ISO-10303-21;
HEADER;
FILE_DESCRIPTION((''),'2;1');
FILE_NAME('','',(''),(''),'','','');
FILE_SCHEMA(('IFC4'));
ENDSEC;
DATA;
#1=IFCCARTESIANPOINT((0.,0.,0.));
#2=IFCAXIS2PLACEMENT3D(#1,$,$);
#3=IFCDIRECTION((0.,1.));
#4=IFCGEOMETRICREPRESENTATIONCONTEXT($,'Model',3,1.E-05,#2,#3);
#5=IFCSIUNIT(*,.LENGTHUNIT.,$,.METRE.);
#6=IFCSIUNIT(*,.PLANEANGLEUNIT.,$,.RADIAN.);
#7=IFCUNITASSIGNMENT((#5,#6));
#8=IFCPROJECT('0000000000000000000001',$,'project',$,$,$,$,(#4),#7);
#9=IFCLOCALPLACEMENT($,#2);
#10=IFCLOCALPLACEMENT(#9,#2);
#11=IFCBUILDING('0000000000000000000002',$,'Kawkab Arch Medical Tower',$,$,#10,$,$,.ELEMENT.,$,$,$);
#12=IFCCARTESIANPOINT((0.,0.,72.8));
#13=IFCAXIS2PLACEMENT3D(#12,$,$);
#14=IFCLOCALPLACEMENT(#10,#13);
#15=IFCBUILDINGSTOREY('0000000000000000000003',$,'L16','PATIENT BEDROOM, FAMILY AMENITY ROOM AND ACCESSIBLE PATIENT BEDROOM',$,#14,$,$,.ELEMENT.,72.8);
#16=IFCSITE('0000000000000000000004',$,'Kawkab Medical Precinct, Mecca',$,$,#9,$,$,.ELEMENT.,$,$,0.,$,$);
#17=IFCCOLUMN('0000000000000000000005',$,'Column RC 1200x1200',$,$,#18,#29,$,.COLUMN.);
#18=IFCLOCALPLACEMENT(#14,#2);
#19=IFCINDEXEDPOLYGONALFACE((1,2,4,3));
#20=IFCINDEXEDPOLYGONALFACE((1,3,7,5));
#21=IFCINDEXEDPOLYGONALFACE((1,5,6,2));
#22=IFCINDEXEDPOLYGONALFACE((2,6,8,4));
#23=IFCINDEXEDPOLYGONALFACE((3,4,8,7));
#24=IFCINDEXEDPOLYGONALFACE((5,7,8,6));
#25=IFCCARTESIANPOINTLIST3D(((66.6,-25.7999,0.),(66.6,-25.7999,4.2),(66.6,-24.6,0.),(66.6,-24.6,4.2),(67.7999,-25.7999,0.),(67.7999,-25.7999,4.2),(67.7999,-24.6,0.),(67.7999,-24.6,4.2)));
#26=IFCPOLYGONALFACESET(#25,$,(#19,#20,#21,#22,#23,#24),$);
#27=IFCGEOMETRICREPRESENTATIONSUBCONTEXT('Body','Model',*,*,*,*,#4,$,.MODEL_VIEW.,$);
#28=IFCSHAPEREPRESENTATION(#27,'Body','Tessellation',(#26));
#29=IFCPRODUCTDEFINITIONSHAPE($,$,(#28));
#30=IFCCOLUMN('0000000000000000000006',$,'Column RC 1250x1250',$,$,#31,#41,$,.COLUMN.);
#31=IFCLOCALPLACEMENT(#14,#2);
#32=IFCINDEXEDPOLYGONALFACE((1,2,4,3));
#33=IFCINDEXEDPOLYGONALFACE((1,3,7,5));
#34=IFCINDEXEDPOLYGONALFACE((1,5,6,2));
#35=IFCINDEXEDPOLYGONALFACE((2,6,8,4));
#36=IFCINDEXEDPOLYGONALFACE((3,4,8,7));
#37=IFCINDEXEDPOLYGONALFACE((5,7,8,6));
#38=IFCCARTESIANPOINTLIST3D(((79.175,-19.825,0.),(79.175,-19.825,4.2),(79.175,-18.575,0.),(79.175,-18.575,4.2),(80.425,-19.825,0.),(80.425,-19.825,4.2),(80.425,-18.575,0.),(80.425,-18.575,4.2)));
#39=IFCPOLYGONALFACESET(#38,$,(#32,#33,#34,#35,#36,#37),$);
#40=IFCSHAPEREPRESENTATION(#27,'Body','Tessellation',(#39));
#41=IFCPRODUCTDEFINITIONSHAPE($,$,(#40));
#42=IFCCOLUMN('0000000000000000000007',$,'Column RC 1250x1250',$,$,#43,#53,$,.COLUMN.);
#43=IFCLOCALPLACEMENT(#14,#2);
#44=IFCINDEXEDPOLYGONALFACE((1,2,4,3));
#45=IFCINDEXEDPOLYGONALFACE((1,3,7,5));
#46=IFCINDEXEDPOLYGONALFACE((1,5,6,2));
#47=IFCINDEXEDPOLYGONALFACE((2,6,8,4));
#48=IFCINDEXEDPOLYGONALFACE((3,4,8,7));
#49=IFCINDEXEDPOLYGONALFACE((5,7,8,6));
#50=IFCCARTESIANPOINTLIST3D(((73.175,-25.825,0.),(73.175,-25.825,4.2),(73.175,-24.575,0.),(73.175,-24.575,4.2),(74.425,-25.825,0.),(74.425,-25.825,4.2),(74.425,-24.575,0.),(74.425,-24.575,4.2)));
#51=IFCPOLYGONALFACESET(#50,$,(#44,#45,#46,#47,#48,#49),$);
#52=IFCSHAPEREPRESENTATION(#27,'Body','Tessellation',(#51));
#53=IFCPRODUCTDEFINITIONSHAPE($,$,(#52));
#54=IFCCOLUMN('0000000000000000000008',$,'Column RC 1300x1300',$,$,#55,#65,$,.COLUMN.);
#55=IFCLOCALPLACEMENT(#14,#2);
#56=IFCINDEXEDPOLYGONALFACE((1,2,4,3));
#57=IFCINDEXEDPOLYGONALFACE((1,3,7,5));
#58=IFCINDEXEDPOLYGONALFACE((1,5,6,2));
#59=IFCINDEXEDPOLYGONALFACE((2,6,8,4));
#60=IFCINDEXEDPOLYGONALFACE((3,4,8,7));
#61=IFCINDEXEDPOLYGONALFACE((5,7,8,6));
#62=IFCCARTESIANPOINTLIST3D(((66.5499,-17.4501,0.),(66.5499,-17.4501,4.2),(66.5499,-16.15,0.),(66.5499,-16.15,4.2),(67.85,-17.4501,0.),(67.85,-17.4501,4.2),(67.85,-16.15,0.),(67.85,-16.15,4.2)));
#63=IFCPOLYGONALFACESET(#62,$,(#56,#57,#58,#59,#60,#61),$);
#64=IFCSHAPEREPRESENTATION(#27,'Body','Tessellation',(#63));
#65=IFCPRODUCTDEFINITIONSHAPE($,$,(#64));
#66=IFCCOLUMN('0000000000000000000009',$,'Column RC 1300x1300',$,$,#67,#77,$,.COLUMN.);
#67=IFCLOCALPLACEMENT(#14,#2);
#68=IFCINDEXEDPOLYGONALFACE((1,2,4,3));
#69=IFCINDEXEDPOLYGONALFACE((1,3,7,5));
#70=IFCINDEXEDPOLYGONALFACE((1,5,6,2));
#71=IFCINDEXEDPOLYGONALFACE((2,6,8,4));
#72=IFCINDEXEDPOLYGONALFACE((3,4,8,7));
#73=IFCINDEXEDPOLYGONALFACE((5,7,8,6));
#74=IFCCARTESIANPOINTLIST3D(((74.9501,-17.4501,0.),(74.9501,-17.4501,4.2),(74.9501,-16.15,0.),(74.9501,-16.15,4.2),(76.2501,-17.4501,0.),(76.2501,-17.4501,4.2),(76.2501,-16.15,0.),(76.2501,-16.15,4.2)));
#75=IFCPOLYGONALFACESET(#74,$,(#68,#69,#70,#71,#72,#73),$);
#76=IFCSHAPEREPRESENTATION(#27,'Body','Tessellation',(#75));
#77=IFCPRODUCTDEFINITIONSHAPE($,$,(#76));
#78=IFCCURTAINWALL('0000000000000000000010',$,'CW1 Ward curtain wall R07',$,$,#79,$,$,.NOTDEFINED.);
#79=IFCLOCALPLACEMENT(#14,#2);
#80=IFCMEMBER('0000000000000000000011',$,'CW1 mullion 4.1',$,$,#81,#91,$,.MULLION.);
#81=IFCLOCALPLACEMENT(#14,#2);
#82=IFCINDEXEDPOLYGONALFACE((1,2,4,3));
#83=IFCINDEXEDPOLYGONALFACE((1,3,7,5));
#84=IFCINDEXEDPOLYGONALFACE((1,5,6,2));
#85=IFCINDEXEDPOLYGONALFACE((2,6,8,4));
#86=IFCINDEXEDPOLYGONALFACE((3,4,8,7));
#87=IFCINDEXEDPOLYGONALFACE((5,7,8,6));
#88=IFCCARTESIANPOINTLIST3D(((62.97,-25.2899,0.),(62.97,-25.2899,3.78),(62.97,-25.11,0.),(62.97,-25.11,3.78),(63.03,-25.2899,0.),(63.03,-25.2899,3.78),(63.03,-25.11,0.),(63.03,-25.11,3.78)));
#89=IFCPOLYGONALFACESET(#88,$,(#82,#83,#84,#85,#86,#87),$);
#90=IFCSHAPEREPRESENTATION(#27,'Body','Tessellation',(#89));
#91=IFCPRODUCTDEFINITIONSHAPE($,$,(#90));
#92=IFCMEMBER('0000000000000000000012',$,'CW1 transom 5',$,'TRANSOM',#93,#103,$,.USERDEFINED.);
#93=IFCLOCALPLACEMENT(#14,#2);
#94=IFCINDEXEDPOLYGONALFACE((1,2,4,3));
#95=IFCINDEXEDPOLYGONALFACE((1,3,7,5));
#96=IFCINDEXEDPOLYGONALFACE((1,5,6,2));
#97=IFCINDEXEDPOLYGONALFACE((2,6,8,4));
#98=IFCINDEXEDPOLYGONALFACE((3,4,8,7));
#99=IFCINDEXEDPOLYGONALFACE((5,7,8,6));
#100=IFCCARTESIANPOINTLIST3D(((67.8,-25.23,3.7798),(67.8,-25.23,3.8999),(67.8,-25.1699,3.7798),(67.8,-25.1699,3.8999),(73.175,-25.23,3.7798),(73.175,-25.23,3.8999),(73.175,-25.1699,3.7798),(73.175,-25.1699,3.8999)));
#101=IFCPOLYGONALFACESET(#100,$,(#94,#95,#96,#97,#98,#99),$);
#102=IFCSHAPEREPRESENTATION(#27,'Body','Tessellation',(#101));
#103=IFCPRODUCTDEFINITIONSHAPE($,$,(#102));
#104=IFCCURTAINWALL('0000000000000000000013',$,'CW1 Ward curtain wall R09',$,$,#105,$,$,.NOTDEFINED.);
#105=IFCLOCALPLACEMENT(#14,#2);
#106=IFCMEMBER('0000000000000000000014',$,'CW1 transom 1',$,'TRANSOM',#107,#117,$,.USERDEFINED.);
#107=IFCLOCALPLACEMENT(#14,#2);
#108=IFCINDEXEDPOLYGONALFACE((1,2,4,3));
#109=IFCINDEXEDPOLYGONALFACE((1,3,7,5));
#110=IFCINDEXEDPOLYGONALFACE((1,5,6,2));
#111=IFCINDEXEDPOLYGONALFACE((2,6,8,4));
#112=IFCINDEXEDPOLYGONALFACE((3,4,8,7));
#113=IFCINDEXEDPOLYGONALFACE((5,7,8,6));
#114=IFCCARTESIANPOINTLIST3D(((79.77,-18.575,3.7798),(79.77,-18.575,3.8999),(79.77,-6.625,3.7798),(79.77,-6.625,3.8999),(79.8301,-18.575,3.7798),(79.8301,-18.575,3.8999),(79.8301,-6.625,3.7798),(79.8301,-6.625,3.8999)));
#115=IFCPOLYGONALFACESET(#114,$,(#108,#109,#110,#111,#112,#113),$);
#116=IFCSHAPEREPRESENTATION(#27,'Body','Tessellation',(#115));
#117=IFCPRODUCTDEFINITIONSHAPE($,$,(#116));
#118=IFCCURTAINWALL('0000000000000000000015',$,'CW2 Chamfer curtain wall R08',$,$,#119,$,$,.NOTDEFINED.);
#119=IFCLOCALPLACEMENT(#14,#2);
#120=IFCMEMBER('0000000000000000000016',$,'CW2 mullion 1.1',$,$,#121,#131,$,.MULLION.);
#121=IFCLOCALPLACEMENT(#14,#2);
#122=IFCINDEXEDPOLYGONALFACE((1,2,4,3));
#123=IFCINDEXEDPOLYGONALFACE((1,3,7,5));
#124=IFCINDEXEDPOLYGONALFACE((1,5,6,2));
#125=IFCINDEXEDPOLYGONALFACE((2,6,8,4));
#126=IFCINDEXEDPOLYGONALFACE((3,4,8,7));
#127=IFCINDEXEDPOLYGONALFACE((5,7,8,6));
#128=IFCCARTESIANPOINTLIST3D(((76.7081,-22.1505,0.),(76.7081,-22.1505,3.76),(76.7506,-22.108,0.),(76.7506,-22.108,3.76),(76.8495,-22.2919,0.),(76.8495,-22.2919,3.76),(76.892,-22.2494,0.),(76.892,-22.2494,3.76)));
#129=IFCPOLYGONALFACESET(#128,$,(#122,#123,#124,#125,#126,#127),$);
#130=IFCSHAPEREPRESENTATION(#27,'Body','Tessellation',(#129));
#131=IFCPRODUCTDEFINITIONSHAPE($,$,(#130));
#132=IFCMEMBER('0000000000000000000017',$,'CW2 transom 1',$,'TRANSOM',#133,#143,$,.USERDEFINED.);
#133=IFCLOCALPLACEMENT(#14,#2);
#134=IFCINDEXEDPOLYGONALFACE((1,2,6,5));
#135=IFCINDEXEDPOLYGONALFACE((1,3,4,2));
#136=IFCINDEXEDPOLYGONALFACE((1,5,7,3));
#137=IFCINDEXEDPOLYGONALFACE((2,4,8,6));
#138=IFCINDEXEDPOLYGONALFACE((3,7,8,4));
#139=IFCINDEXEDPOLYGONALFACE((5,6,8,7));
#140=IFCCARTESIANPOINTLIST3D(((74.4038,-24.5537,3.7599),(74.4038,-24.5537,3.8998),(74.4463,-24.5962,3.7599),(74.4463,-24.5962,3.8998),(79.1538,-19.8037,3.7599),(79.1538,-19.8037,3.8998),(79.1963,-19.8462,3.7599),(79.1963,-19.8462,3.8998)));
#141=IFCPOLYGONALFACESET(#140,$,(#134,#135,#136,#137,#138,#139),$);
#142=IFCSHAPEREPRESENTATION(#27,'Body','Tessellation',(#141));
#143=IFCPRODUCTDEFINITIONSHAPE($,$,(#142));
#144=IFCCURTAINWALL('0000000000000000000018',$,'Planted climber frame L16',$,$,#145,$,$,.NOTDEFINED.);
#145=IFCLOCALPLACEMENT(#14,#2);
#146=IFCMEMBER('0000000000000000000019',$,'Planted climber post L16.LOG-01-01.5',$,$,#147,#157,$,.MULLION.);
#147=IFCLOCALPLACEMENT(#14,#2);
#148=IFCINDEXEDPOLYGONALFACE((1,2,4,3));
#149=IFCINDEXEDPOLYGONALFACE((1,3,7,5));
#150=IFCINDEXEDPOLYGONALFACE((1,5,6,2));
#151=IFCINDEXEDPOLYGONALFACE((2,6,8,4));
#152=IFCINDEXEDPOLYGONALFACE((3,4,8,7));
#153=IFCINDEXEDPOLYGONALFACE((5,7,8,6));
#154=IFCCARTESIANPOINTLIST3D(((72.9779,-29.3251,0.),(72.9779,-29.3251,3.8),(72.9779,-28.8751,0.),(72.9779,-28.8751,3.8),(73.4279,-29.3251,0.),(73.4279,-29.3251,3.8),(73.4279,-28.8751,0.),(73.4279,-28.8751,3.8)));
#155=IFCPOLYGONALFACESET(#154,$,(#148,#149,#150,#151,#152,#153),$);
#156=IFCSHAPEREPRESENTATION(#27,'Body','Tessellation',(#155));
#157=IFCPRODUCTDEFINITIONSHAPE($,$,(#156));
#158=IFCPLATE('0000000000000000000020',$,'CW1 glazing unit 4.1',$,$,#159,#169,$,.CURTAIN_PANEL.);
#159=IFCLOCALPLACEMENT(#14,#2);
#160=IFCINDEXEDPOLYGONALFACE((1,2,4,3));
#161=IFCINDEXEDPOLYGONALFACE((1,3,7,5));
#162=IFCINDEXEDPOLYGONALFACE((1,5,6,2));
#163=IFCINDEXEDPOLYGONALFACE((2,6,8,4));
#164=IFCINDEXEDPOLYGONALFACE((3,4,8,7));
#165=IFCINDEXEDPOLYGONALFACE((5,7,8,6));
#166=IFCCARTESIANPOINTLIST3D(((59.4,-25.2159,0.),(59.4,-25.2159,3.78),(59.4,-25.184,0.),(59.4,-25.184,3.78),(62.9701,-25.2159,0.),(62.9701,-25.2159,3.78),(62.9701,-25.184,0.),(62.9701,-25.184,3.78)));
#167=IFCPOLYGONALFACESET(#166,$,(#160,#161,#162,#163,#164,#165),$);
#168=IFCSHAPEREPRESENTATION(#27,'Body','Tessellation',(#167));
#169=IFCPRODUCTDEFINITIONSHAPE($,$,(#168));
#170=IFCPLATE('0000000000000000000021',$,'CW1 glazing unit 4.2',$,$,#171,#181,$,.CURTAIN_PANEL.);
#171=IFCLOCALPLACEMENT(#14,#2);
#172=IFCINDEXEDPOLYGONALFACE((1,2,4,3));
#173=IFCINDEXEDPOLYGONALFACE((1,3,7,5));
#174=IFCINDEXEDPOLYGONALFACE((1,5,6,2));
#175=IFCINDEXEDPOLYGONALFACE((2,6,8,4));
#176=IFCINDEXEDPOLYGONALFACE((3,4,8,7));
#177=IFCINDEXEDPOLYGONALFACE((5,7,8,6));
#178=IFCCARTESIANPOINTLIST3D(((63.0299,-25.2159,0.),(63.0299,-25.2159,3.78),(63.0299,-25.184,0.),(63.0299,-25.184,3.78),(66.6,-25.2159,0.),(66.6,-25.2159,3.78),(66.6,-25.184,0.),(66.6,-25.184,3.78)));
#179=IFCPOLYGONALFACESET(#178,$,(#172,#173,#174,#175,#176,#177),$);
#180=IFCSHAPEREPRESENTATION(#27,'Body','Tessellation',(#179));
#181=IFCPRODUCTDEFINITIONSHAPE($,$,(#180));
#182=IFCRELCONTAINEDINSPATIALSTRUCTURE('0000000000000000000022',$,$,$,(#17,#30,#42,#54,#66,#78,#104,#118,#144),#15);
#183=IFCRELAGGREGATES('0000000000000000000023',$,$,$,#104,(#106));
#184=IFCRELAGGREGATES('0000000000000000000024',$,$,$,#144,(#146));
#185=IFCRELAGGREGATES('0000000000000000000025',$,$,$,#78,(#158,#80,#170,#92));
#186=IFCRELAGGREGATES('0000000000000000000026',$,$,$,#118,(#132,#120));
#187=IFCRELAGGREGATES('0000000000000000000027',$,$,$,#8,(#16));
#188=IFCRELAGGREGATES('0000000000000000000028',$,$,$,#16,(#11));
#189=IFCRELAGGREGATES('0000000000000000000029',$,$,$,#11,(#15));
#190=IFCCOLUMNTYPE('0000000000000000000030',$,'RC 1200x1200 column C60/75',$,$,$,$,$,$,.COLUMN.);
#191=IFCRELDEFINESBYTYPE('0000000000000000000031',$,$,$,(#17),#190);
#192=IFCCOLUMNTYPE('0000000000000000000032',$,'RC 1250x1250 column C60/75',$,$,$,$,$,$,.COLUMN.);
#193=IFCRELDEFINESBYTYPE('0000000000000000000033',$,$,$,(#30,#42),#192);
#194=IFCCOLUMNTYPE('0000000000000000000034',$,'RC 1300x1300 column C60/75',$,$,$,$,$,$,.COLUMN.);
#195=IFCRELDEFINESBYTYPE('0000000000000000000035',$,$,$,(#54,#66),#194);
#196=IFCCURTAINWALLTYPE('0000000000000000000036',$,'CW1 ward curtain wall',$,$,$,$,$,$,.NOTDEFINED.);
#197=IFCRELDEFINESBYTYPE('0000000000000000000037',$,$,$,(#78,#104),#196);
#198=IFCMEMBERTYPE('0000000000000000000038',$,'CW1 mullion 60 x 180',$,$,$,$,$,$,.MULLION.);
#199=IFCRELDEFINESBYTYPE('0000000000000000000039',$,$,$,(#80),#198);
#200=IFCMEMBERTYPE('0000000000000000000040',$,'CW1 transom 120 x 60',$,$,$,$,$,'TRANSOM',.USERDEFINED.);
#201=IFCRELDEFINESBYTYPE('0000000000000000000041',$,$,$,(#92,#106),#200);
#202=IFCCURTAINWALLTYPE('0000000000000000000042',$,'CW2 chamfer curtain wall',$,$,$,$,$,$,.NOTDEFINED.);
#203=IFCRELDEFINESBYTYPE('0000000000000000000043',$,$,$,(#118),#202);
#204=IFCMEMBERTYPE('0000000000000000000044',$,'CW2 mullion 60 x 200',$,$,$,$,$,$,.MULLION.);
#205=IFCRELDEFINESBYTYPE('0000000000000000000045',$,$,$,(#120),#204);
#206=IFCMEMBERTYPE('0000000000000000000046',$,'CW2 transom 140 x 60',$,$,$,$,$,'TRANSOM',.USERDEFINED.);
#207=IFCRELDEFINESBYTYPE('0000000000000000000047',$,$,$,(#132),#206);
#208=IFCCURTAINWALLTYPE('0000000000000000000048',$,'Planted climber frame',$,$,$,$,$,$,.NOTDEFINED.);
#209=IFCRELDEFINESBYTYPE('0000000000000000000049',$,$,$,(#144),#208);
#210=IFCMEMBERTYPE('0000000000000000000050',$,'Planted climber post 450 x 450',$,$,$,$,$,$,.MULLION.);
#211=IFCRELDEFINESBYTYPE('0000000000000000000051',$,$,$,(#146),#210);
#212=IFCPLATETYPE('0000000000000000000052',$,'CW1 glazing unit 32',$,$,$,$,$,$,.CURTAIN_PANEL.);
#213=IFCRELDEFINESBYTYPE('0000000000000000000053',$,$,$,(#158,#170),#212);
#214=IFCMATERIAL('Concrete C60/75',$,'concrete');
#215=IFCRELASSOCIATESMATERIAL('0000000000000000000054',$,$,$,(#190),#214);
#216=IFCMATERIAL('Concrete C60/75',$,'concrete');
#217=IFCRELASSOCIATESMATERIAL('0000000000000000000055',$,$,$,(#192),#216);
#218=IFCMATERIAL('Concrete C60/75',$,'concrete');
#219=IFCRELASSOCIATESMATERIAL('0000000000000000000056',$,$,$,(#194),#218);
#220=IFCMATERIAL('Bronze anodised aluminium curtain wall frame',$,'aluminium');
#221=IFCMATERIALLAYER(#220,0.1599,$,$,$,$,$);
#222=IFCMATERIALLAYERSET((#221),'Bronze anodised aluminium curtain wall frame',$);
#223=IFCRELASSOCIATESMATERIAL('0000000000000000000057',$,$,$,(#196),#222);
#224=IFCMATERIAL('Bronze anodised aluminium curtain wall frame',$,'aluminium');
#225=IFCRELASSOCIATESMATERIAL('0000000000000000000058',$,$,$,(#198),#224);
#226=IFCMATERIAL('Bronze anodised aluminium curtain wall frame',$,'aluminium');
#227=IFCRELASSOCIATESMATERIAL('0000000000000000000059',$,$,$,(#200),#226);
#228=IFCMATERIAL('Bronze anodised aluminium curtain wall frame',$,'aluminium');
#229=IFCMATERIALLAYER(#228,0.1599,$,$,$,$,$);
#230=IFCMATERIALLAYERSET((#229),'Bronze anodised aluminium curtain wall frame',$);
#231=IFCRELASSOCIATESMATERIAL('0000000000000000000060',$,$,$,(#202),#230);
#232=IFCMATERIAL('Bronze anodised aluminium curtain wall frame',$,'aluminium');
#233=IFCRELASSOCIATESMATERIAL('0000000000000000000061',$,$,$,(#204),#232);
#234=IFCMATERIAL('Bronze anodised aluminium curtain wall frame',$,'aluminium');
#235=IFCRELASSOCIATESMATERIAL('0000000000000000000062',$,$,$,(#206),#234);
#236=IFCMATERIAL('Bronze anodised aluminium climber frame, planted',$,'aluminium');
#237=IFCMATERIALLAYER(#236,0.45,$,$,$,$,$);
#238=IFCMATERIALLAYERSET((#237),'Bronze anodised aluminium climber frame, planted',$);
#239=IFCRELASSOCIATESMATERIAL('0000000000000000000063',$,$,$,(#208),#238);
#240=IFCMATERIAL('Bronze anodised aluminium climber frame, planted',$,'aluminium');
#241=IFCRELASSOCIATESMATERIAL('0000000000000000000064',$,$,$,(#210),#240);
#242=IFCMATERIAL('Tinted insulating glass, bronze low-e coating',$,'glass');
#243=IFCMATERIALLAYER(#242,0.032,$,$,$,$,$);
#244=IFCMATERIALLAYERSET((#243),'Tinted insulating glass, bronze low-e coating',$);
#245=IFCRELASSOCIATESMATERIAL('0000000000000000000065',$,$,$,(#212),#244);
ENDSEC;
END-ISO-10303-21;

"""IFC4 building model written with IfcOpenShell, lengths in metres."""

from ifc_helpers import new_model, si_unit, direction, frame, origin, origin_2d, place, context, subcontext, project, spatial, rectangle, extrude, material, layer, layer_set, material_profile, profile_set, type_object, element, aggregate, save


model = new_model("IFC4")

# Units and contexts
model_context = context("Model", 3, precision=1e-05, world=origin(), true_north=direction((0.0, 1.0)))
body_context = subcontext(model_context, "Body", "Model", "MODEL_VIEW")
ifc_project = project(units=[si_unit("LENGTHUNIT", "METRE"), si_unit("PLANEANGLEUNIT", "RADIAN")], contexts=[model_context])

# Site, building, storey
site_placement = place(None, origin())
site = spatial("IfcSite", under=ifc_project, at=site_placement, Name="Kawkab Medical Precinct, Mecca", CompositionType="ELEMENT", RefElevation=0.0)
building_placement = place(site_placement, origin())
building = spatial("IfcBuilding", under=site, at=building_placement, Name="Kawkab Arch Medical Tower", CompositionType="ELEMENT")
storey_placement = place(building_placement, frame((0.0, 0.0, 72.8)))
storey = spatial("IfcBuildingStorey", under=building, at=storey_placement, Name="L16", Description="PATIENT BEDROOM, FAMILY AMENITY ROOM AND ACCESSIBLE PATIENT BEDROOM", CompositionType="ELEMENT", Elevation=72.8)

# Columns
ifc_material_1 = material(Name="Concrete C60/75", Category="concrete")
ifc_material_profile_1 = material_profile(ifc_material_1, rectangle(XDim=1.2, YDim=1.2, at=origin_2d()), Name="RC 1200x1200")
ifc_profile_set_1 = profile_set([ifc_material_profile_1], Name="Concrete C60/75")
column_type_1 = type_object("IfcColumnType", Name="RC 1200x1200 column C60/75", PredefinedType="COLUMN", material=ifc_profile_set_1)
column_placement = place(storey_placement, frame((67.2, -25.2, 0.0), z_axis=(0.0, 0.0, 1.0), x_axis=(1.0, 0.0, 0.0)))
element("IfcColumn", 1, at=column_placement, inside=storey, type_object=column_type_1, Name="Column RC 1200x1200", PredefinedType="COLUMN", context=body_context, shape_type="SweptSolid", body=[
    extrude(rectangle(XDim=1.2, YDim=1.2, at=origin_2d()), origin(), (0.0, 0.0, 1.0), 4.2),
])
ifc_material_2 = material(Name="Concrete C60/75", Category="concrete")
ifc_material_profile_2 = material_profile(ifc_material_2, rectangle(XDim=1.25, YDim=1.25, at=origin_2d()), Name="RC 1250x1250")
ifc_profile_set_2 = profile_set([ifc_material_profile_2], Name="Concrete C60/75")
column_type_2 = type_object("IfcColumnType", Name="RC 1250x1250 column C60/75", PredefinedType="COLUMN", material=ifc_profile_set_2)
for number, where, z_axis, x_axis, name in (
    (2, (79.8, -19.2, 0.0), (0.0, 0.0, 1.0), (1.0, 0.0, 0.0), "Column RC 1250x1250"),
    (3, (73.8, -25.2, 0.0), (0.0, 0.0, 1.0), (1.0, 0.0, 0.0), "Column RC 1250x1250"),
):
    element("IfcColumn", number, at=place(storey_placement, frame(where, z_axis=z_axis, x_axis=x_axis)), inside=storey, type_object=column_type_2, Name=name, PredefinedType="COLUMN", context=body_context, shape_type="SweptSolid", body=[
        extrude(rectangle(XDim=1.25, YDim=1.25, at=origin_2d()), origin(), (0.0, 0.0, 1.0), 4.2),
    ])
ifc_material_3 = material(Name="Concrete C60/75", Category="concrete")
ifc_material_profile_3 = material_profile(ifc_material_3, rectangle(XDim=1.3, YDim=1.3, at=origin_2d()), Name="RC 1300x1300")
ifc_profile_set_3 = profile_set([ifc_material_profile_3], Name="Concrete C60/75")
column_type_3 = type_object("IfcColumnType", Name="RC 1300x1300 column C60/75", PredefinedType="COLUMN", material=ifc_profile_set_3)
for number, where, z_axis, x_axis, name in (
    (4, (67.2, -16.8, 0.0), (0.0, 0.0, 1.0), (1.0, 0.0, 0.0), "Column RC 1300x1300"),
    (5, (75.6001, -16.8, 0.0), (0.0, 0.0, 1.0), (1.0, 0.0, 0.0), "Column RC 1300x1300"),
):
    element("IfcColumn", number, at=place(storey_placement, frame(where, z_axis=z_axis, x_axis=x_axis)), inside=storey, type_object=column_type_3, Name=name, PredefinedType="COLUMN", context=body_context, shape_type="SweptSolid", body=[
        extrude(rectangle(XDim=1.3, YDim=1.3, at=origin_2d()), origin(), (0.0, 0.0, 1.0), 4.2),
    ])

# Curtain wall, members
ifc_material_4 = material(Name="Bronze anodised aluminium curtain wall frame", Category="aluminium")
ifc_layer_1 = layer(ifc_material_4, 0.1599)
ifc_layer_set_1 = layer_set([ifc_layer_1], Name="Bronze anodised aluminium curtain wall frame")
curtain_wall_type_1 = type_object("IfcCurtainWallType", Name="CW1 ward curtain wall", PredefinedType="NOTDEFINED", material=ifc_layer_set_1)
placement = place(storey_placement, origin())
curtain_wall_1 = element("IfcCurtainWall", 6, at=placement, inside=storey, type_object=curtain_wall_type_1, Name="CW1 Ward curtain wall R07", PredefinedType="NOTDEFINED")
ifc_material_5 = material(Name="Bronze anodised aluminium curtain wall frame", Category="aluminium")
ifc_material_profile_4 = material_profile(ifc_material_5, rectangle(XDim=0.1799, YDim=0.0601, at=origin_2d()), Name="AL 60x180")
ifc_profile_set_4 = profile_set([ifc_material_profile_4], Name="Bronze anodised aluminium curtain wall frame")
member_type_1 = type_object("IfcMemberType", Name="CW1 mullion 60 x 180", PredefinedType="MULLION", material=ifc_profile_set_4)
member_1_placement = place(storey_placement, frame((63.0, -25.2, 0.0), z_axis=(0.0, 0.0, 1.0), x_axis=(0.0, 1.0, 0.0)))
member_1 = element("IfcMember", 7, at=member_1_placement, type_object=member_type_1, Name="CW1 mullion 4.1", PredefinedType="MULLION", context=body_context, shape_type="SweptSolid", body=[
    extrude(rectangle(XDim=0.1799, YDim=0.0601, at=origin_2d()), origin(), (0.0, 0.0, 1.0), 3.78),
])
ifc_material_6 = material(Name="Bronze anodised aluminium curtain wall frame", Category="aluminium")
ifc_material_profile_5 = material_profile(ifc_material_6, rectangle(XDim=0.0601, YDim=0.1201, at=origin_2d()), Name="AL 60x120")
ifc_profile_set_5 = profile_set([ifc_material_profile_5], Name="Bronze anodised aluminium curtain wall frame")
member_type_2 = type_object("IfcMemberType", Name="CW1 transom 120 x 60", ElementType="TRANSOM", PredefinedType="USERDEFINED", material=ifc_profile_set_5)
member_2_placement = place(storey_placement, frame((67.8, -25.2, 3.8398), z_axis=(1.0, 0.0, 0.0), x_axis=(0.0, 1.0, 0.0)))
member_2 = element("IfcMember", 8, at=member_2_placement, type_object=member_type_2, Name="CW1 transom 5", ObjectType="TRANSOM", PredefinedType="USERDEFINED", context=body_context, shape_type="SweptSolid", body=[
    extrude(rectangle(XDim=0.0601, YDim=0.1201, at=origin_2d()), origin(), (0.0, 0.0, 1.0), 5.375),
])

# Curtain wall, member
curtain_wall_2 = element("IfcCurtainWall", 9, at=placement, inside=storey, type_object=curtain_wall_type_1, Name="CW1 Ward curtain wall R09", PredefinedType="NOTDEFINED")
member_3_placement = place(storey_placement, frame((79.8, -18.575, 3.8398), z_axis=(0.0, 1.0, 0.0), x_axis=(-1.0, 0.0, 0.0)))
member_3 = element("IfcMember", 10, at=member_3_placement, type_object=member_type_2, Name="CW1 transom 1", ObjectType="TRANSOM", PredefinedType="USERDEFINED", context=body_context, shape_type="SweptSolid", body=[
    extrude(rectangle(XDim=0.0601, YDim=0.1201, at=origin_2d()), origin(), (0.0, 0.0, 1.0), 11.95),
])
aggregate(curtain_wall_2, [member_3])

# Curtain wall, members
ifc_material_7 = material(Name="Bronze anodised aluminium curtain wall frame", Category="aluminium")
ifc_layer_2 = layer(ifc_material_7, 0.1599)
ifc_layer_set_2 = layer_set([ifc_layer_2], Name="Bronze anodised aluminium curtain wall frame")
curtain_wall_type_2 = type_object("IfcCurtainWallType", Name="CW2 chamfer curtain wall", PredefinedType="NOTDEFINED", material=ifc_layer_set_2)
curtain_wall_3 = element("IfcCurtainWall", 11, at=placement, inside=storey, type_object=curtain_wall_type_2, Name="CW2 Chamfer curtain wall R08", PredefinedType="NOTDEFINED")
ifc_material_8 = material(Name="Bronze anodised aluminium curtain wall frame", Category="aluminium")
ifc_material_profile_6 = material_profile(ifc_material_8, rectangle(XDim=0.2, YDim=0.0601, at=origin_2d()), Name="AL 60x200")
ifc_profile_set_6 = profile_set([ifc_material_profile_6], Name="Bronze anodised aluminium curtain wall frame")
member_type_3 = type_object("IfcMemberType", Name="CW2 mullion 60 x 200", PredefinedType="MULLION", material=ifc_profile_set_6)
member_4_placement = place(storey_placement, frame((76.8, -22.2, 0.0), z_axis=(0.0, 0.0, 1.0), x_axis=(-0.707107, 0.707107, 0.0)))
member_4 = element("IfcMember", 12, at=member_4_placement, type_object=member_type_3, Name="CW2 mullion 1.1", PredefinedType="MULLION", context=body_context, shape_type="SweptSolid", body=[
    extrude(rectangle(XDim=0.2, YDim=0.0601, at=origin_2d()), origin(), (0.0, 0.0, 1.0), 3.76),
])
ifc_material_9 = material(Name="Bronze anodised aluminium curtain wall frame", Category="aluminium")
ifc_material_profile_7 = material_profile(ifc_material_9, rectangle(XDim=0.0601, YDim=0.1399, at=origin_2d()), Name="AL 60x140")
ifc_profile_set_7 = profile_set([ifc_material_profile_7], Name="Bronze anodised aluminium curtain wall frame")
member_type_4 = type_object("IfcMemberType", Name="CW2 transom 140 x 60", ElementType="TRANSOM", PredefinedType="USERDEFINED", material=ifc_profile_set_7)
member_5_placement = place(storey_placement, frame((74.425, -24.575, 3.8298), z_axis=(0.707107, 0.707107, 0.0), x_axis=(-0.707107, 0.707107, 0.0)))
member_5 = element("IfcMember", 13, at=member_5_placement, type_object=member_type_4, Name="CW2 transom 1", ObjectType="TRANSOM", PredefinedType="USERDEFINED", context=body_context, shape_type="SweptSolid", body=[
    extrude(rectangle(XDim=0.0601, YDim=0.1399, at=origin_2d()), origin(), (0.0, 0.0, 1.0), 6.7175),
])

# Curtain wall, member
ifc_material_10 = material(Name="Bronze anodised aluminium climber frame, planted", Category="aluminium")
ifc_layer_3 = layer(ifc_material_10, 0.45)
ifc_layer_set_3 = layer_set([ifc_layer_3], Name="Bronze anodised aluminium climber frame, planted")
curtain_wall_type_3 = type_object("IfcCurtainWallType", Name="Planted climber frame", PredefinedType="NOTDEFINED", material=ifc_layer_set_3)
curtain_wall_4 = element("IfcCurtainWall", 14, at=placement, inside=storey, type_object=curtain_wall_type_3, Name="Planted climber frame L16", PredefinedType="NOTDEFINED")
ifc_material_11 = material(Name="Bronze anodised aluminium climber frame, planted", Category="aluminium")
ifc_material_profile_8 = material_profile(ifc_material_11, rectangle(XDim=0.45, YDim=0.45, at=origin_2d()), Name="Post 450x450")
ifc_profile_set_8 = profile_set([ifc_material_profile_8], Name="Bronze anodised aluminium climber frame, planted")
member_type_5 = type_object("IfcMemberType", Name="Planted climber post 450 x 450", PredefinedType="MULLION", material=ifc_profile_set_8)
member_6_placement = place(storey_placement, frame((73.2029, -29.1001, 0.0), z_axis=(0.0, 0.0, 1.0), x_axis=(1.0, 0.0, 0.0)))
member_6 = element("IfcMember", 15, at=member_6_placement, type_object=member_type_5, Name="Planted climber post L16.LOG-01-01.5", PredefinedType="MULLION", context=body_context, shape_type="SweptSolid", body=[
    extrude(rectangle(XDim=0.45, YDim=0.45, at=origin_2d()), origin(), (0.0, 0.0, 1.0), 3.8),
])
aggregate(curtain_wall_4, [member_6])

# Plates
ifc_material_12 = material(Name="Tinted insulating glass, bronze low-e coating", Category="glass")
ifc_layer_4 = layer(ifc_material_12, 0.032)
ifc_layer_set_4 = layer_set([ifc_layer_4], Name="Tinted insulating glass, bronze low-e coating")
plate_type_1 = type_object("IfcPlateType", Name="CW1 glazing unit 32", PredefinedType="CURTAIN_PANEL", material=ifc_layer_set_4)
plate_1_placement = place(storey_placement, frame((61.1851, -25.2, 0.0), z_axis=(0.0, 0.0, 1.0), x_axis=(1.0, 0.0, 0.0)))
plate_1 = element("IfcPlate", 16, at=plate_1_placement, type_object=plate_type_1, Name="CW1 glazing unit 4.1", PredefinedType="CURTAIN_PANEL", context=body_context, shape_type="SweptSolid", body=[
    extrude(rectangle(XDim=3.5701, YDim=0.032, at=origin_2d()), origin(), (0.0, 0.0, 1.0), 3.78),
])
plate_2_placement = place(storey_placement, frame((64.8149, -25.2, 0.0), z_axis=(0.0, 0.0, 1.0), x_axis=(1.0, 0.0, 0.0)))
plate_2 = element("IfcPlate", 17, at=plate_2_placement, type_object=plate_type_1, Name="CW1 glazing unit 4.2", PredefinedType="CURTAIN_PANEL", context=body_context, shape_type="SweptSolid", body=[
    extrude(rectangle(XDim=3.5701, YDim=0.032, at=origin_2d()), origin(), (0.0, 0.0, 1.0), 3.78),
])
aggregate(curtain_wall_1, [plate_1, member_1, plate_2, member_2])
aggregate(curtain_wall_3, [member_5, member_4])

save(model, "model.ifc")
